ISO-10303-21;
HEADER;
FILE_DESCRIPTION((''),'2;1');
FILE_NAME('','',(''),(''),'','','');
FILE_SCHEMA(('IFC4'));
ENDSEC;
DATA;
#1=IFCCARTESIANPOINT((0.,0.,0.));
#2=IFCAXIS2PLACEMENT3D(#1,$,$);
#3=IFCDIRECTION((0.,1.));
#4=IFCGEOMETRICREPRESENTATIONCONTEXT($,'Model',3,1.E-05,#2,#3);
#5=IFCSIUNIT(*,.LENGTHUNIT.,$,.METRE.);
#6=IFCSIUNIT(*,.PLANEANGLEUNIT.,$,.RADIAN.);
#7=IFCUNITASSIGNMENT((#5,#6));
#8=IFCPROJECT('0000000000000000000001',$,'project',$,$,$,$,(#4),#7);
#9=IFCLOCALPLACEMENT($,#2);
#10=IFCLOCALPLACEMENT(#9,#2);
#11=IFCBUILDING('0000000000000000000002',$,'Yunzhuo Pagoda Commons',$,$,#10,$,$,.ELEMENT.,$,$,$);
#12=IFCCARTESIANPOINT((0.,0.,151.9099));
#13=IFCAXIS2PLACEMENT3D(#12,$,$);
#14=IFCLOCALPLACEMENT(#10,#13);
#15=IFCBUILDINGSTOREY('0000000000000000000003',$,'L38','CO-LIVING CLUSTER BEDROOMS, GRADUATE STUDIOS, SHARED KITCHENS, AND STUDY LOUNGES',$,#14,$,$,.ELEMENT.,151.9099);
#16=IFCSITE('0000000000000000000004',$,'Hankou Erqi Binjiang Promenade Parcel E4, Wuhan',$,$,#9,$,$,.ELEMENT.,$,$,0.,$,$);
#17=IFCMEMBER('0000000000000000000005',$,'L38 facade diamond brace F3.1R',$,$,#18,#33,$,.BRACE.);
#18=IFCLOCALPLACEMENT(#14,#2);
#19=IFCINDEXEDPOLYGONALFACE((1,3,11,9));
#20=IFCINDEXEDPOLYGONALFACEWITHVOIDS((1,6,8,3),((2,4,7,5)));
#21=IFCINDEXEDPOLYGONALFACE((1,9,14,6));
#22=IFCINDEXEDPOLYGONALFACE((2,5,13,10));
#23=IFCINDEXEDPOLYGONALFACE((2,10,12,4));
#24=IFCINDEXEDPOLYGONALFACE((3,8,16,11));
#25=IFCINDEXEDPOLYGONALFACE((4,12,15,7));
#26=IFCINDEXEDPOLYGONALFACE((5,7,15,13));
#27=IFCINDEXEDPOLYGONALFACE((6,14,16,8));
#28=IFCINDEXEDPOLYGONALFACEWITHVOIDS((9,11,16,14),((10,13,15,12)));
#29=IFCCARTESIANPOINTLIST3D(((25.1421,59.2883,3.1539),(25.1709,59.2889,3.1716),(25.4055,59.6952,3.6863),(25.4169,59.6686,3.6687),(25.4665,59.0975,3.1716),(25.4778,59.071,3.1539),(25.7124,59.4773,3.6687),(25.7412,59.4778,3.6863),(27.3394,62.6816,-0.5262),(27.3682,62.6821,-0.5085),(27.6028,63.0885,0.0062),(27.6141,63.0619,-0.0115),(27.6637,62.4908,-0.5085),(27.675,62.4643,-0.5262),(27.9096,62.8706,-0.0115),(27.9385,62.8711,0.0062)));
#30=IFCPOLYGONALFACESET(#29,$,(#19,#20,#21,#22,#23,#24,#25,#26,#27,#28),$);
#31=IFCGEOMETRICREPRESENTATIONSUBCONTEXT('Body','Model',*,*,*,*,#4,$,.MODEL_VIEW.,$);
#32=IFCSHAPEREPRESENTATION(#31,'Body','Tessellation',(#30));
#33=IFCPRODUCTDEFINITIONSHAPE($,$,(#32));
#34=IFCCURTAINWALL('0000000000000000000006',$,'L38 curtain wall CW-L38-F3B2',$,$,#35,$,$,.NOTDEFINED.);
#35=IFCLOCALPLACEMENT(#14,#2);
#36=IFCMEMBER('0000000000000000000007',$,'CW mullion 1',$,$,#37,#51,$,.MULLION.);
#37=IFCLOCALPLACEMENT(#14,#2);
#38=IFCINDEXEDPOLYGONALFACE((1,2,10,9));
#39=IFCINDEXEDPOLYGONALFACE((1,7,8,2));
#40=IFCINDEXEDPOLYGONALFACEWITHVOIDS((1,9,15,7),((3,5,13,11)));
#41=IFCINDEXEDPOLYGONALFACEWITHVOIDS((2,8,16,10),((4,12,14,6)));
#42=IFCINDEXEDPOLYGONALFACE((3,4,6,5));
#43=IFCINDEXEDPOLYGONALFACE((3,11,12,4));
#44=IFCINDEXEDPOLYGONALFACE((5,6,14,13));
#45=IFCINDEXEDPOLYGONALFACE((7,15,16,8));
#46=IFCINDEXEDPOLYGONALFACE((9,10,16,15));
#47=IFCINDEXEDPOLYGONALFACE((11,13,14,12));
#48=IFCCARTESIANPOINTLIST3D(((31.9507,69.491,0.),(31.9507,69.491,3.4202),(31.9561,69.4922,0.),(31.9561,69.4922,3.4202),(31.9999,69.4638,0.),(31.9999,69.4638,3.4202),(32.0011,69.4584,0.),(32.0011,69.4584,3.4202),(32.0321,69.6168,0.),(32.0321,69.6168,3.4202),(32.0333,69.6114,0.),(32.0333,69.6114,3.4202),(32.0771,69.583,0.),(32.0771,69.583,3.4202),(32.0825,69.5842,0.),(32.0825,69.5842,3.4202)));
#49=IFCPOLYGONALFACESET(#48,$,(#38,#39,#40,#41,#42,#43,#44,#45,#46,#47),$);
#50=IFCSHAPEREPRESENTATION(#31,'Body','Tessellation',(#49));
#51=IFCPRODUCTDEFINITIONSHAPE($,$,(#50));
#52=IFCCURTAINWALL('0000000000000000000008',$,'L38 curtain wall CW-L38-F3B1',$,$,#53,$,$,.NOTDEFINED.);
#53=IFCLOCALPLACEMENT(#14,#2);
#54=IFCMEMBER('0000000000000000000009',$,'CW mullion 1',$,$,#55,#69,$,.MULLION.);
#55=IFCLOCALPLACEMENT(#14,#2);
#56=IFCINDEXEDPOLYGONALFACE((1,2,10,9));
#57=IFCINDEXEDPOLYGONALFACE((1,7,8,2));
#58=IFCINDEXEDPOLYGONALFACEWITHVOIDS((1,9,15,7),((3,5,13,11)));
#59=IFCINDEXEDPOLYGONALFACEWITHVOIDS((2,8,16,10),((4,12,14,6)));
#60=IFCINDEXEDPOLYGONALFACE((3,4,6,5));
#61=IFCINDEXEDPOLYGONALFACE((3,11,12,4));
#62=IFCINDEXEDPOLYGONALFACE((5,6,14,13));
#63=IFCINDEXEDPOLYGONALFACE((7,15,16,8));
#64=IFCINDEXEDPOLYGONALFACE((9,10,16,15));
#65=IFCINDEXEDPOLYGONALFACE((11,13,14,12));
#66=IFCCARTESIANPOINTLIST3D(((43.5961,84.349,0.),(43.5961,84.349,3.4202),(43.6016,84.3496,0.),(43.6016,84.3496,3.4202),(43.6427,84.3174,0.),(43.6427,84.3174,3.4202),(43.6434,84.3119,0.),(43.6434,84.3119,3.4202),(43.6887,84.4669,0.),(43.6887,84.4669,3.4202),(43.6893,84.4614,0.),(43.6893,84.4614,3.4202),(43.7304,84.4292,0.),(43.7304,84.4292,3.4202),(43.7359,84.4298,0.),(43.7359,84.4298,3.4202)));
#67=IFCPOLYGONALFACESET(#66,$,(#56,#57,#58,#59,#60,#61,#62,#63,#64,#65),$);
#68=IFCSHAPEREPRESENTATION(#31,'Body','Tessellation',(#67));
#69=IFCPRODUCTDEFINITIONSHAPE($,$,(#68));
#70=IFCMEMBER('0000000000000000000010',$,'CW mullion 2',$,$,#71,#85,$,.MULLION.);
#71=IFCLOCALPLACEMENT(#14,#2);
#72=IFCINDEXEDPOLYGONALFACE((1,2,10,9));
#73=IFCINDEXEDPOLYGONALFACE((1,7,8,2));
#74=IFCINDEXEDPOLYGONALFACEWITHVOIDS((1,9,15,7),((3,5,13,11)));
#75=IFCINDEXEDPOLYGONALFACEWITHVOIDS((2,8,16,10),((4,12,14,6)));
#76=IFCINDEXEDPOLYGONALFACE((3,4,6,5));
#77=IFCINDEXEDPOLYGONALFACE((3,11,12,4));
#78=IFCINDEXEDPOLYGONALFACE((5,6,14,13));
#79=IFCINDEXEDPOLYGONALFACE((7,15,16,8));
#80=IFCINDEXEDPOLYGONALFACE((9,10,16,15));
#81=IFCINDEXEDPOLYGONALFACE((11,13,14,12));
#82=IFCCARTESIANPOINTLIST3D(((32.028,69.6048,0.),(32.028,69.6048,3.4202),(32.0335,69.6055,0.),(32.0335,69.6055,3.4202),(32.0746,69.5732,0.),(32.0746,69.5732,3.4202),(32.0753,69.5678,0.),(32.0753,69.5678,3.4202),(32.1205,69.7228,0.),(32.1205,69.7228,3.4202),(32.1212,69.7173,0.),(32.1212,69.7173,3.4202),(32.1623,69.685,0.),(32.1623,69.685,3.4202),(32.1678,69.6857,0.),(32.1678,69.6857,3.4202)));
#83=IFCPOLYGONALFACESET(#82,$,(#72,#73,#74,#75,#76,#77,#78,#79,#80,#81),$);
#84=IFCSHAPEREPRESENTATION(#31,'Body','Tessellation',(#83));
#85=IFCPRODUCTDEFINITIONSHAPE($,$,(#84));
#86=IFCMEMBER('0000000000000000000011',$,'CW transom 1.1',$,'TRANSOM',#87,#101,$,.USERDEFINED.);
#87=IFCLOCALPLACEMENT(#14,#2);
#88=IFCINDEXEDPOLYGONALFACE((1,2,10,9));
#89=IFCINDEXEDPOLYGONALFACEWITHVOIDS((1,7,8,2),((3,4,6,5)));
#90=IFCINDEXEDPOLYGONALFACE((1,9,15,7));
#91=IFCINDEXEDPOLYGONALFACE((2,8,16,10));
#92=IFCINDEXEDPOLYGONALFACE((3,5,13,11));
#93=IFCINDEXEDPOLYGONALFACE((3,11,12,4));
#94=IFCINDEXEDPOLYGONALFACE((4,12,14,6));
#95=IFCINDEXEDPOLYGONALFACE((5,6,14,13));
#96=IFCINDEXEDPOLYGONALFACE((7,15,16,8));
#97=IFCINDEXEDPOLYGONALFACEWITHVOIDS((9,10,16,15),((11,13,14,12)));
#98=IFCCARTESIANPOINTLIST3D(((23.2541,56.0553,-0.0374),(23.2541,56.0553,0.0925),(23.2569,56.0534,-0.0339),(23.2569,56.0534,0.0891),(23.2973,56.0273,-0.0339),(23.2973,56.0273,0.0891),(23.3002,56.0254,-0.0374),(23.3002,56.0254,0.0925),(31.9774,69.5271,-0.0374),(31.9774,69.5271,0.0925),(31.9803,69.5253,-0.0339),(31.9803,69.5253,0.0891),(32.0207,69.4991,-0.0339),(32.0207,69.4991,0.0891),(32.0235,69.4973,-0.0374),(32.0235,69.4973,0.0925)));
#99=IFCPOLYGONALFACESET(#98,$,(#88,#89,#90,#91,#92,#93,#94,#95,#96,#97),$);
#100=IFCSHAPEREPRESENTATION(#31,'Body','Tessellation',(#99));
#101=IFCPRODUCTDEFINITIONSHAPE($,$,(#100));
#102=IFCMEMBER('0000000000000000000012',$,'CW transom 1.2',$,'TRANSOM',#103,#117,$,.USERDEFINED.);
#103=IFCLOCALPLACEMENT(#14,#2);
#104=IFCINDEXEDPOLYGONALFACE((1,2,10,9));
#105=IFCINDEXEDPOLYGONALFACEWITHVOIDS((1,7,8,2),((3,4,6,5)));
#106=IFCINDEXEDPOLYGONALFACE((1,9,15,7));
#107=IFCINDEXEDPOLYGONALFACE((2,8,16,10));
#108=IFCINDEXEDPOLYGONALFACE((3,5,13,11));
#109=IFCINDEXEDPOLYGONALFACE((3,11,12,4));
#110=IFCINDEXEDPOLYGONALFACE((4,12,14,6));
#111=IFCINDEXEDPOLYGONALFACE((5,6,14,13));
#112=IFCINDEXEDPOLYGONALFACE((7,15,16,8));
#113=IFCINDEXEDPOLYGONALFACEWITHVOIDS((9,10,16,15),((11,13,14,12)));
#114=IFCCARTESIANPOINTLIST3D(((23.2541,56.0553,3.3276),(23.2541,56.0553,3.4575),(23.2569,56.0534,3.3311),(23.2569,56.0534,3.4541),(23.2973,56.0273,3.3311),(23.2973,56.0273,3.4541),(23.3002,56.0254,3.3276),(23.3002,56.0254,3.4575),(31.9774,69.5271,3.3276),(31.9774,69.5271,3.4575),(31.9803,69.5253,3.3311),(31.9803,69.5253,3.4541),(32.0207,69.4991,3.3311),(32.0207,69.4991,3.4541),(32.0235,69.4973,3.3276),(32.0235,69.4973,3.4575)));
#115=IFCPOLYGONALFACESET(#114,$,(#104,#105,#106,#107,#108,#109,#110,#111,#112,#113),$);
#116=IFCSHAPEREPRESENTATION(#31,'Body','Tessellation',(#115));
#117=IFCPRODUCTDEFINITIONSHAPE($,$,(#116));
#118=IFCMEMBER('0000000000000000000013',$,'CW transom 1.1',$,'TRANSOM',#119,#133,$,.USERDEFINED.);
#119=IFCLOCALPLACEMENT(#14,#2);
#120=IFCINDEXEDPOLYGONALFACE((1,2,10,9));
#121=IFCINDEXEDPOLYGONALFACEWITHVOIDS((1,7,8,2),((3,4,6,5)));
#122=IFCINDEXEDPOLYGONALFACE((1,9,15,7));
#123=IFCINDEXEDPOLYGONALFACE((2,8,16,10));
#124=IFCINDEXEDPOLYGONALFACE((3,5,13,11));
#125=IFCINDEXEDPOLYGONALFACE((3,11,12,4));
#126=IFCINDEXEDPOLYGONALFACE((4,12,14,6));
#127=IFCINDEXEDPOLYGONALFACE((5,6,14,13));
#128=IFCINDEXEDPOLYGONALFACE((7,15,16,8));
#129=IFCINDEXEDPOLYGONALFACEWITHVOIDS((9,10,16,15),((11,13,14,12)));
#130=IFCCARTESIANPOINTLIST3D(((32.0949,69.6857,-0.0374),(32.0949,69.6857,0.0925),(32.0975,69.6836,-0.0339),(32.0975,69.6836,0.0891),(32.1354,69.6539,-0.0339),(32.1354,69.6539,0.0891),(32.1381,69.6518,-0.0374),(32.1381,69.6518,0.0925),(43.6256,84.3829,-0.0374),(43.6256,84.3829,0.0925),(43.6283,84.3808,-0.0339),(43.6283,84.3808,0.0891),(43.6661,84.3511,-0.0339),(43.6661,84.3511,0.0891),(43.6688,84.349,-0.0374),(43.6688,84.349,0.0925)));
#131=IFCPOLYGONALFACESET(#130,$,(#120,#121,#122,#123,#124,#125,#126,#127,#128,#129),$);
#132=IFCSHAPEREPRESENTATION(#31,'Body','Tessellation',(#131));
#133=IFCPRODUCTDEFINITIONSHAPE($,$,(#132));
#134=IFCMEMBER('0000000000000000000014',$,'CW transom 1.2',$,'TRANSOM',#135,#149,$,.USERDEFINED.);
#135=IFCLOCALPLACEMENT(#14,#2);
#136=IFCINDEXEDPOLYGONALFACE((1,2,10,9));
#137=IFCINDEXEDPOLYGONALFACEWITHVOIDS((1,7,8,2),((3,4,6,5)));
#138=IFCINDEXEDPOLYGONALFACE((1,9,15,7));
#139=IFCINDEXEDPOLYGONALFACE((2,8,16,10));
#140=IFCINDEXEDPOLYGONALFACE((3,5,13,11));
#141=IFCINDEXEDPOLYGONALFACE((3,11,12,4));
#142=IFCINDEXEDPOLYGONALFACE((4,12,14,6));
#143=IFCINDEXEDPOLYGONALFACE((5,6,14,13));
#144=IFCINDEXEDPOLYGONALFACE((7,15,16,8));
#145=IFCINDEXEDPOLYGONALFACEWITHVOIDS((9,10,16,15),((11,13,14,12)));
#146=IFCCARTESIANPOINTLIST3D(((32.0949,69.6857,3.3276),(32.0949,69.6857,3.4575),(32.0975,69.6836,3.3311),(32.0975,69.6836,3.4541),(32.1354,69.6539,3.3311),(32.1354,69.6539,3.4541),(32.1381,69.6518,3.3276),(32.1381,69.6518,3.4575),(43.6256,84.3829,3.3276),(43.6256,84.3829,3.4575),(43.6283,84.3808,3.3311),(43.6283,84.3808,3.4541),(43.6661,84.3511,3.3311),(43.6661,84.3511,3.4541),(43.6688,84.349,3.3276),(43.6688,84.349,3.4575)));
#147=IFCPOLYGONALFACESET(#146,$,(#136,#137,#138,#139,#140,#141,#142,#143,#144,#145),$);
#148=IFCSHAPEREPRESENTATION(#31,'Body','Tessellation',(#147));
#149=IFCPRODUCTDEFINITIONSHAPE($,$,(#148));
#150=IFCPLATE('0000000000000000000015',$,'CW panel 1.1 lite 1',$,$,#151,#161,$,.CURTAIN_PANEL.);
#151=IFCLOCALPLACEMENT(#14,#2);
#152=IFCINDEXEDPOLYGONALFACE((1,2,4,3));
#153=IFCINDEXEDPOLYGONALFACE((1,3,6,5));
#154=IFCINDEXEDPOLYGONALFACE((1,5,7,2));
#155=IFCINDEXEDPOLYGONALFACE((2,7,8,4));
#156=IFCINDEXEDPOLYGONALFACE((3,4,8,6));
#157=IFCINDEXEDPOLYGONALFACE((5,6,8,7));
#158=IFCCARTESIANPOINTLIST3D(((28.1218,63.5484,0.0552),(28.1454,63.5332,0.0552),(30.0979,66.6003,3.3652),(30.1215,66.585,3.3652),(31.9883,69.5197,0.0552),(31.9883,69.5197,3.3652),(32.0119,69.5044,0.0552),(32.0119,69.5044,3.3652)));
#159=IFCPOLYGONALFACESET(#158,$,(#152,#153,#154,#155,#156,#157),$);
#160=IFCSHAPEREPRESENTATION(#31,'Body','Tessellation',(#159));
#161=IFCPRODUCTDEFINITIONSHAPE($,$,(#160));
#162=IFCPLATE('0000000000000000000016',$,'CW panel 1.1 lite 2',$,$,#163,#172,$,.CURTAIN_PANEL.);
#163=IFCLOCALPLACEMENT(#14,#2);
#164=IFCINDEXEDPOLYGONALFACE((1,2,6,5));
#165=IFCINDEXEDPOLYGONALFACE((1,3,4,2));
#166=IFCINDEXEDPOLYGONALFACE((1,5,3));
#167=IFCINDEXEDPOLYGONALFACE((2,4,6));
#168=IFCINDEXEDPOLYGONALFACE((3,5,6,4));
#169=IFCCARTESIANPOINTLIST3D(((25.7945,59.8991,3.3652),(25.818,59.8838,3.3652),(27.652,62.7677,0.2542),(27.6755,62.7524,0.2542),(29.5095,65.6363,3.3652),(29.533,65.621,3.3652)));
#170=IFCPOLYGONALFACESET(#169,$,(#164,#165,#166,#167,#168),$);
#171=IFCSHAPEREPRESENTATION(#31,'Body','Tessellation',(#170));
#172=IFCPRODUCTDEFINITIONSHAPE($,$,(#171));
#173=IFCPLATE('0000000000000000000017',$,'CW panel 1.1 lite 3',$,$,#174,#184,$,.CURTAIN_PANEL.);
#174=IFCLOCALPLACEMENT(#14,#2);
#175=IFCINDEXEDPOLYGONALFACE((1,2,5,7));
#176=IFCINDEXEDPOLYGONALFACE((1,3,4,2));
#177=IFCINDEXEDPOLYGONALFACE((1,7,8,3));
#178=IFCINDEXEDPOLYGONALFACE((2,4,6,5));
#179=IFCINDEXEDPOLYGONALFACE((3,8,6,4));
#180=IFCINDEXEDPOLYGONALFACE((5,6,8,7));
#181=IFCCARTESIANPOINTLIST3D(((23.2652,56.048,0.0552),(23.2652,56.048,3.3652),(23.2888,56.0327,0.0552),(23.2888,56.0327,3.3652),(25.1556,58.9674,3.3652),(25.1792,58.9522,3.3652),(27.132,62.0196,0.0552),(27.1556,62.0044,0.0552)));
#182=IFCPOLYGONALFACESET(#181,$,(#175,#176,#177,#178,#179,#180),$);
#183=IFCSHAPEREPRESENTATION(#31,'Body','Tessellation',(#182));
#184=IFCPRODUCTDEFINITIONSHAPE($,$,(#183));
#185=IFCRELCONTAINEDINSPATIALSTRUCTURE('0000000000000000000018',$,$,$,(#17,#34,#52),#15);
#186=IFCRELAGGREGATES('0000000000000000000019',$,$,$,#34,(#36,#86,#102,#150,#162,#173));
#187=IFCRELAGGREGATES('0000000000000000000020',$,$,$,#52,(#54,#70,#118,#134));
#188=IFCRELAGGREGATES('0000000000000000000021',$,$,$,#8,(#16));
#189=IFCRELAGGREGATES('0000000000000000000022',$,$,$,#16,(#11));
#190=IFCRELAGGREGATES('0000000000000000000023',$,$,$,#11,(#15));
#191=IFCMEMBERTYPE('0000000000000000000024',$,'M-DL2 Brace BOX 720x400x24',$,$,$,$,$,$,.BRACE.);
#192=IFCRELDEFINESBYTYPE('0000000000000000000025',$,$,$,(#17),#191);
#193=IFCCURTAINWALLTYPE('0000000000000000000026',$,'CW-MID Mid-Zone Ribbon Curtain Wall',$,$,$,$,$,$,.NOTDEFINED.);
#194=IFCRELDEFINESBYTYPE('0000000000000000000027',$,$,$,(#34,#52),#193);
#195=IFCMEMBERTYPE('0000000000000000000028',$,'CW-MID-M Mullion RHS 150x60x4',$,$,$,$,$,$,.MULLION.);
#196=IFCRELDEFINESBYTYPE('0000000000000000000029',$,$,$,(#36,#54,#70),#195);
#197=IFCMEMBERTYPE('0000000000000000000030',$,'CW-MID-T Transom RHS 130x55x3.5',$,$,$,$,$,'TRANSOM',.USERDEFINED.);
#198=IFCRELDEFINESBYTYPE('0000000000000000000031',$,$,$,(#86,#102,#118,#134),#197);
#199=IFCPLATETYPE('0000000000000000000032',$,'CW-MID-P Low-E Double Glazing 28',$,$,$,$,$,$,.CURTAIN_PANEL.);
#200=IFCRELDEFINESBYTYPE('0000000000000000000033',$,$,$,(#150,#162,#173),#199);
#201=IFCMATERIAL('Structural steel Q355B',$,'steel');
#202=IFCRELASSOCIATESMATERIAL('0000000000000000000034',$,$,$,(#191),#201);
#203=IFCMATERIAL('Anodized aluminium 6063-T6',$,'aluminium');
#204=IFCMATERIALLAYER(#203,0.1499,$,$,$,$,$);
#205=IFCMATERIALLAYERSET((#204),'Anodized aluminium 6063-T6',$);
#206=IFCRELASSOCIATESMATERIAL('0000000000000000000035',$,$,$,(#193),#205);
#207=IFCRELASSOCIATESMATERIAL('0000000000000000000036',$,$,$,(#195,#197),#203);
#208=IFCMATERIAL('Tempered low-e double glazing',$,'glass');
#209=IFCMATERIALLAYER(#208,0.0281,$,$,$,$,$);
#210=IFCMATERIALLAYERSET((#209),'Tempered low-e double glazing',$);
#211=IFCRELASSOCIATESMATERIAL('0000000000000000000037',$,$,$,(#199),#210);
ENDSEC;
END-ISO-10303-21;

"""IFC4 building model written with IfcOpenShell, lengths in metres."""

from ifc_helpers import new_model, si_unit, direction, frame, origin, origin_2d, place, context, subcontext, project, spatial, polyline, hollow_rectangle, outline, extrude, source, transform, mapped, material, layer, layer_set, material_profile, profile_set, type_object, element, aggregate, save


model = new_model("IFC4")

# Units and contexts
model_context = context("Model", 3, precision=1e-05, world=origin(), true_north=direction((0.0, 1.0)))
body_context = subcontext(model_context, "Body", "Model", "MODEL_VIEW")
ifc_project = project(units=[si_unit("LENGTHUNIT", "METRE"), si_unit("PLANEANGLEUNIT", "RADIAN")], contexts=[model_context])

# Site, building, storey
site_placement = place(None, origin())
site = spatial("IfcSite", under=ifc_project, at=site_placement, Name="Hankou Erqi Binjiang Promenade Parcel E4, Wuhan", CompositionType="ELEMENT", RefElevation=0.0)
building_placement = place(site_placement, origin())
building = spatial("IfcBuilding", under=site, at=building_placement, Name="Yunzhuo Pagoda Commons", CompositionType="ELEMENT")
storey_placement = place(building_placement, frame((0.0, 0.0, 151.9099)))
storey = spatial("IfcBuildingStorey", under=building, at=storey_placement, Name="L38", Description="CO-LIVING CLUSTER BEDROOMS, GRADUATE STUDIOS, SHARED KITCHENS, AND STUDY LOUNGES", CompositionType="ELEMENT", Elevation=151.9099)

# Shared definitions
ifc_material_1 = material(Name="Structural steel Q355B", Category="steel")

# Member
ifc_material_profile_1 = material_profile(ifc_material_1, hollow_rectangle(XDim=0.3999, YDim=0.72, WallThickness=0.0239, at=origin_2d()), Name="Structural steel Q355B")
ifc_profile_set_1 = profile_set([ifc_material_profile_1], Name="Structural steel Q355B")
member_type_1 = type_object("IfcMemberType", Name="M-DL2 Brace BOX 720x400x24", PredefinedType="BRACE", material=ifc_profile_set_1)
shared_shape_1 = source(origin(), body_context, "Body", "SweptSolid", [
    extrude(hollow_rectangle(XDim=0.3999, YDim=0.72, WallThickness=0.0239, at=origin_2d()), origin(), (0.0, 0.0, 1.0), 5.4668),
])
for number, where, z_axis, x_axis, name in (
    (1, (27.6389, 62.7764, -0.26), (-0.401927, -0.620709, 0.673183), (0.83939, -0.543529, 0.0), "L38 facade diamond brace F3.1R"),
):
    element("IfcMember", number, at=place(storey_placement, frame(where, z_axis=z_axis, x_axis=x_axis)), inside=storey, type_object=member_type_1, Name=name, PredefinedType="BRACE", context=body_context, shape_type="MappedRepresentation", body=[
        mapped(shared_shape_1, transform((0.0, 0.0, 0.0), scale=1.0)),
    ])

# Curtain wall, member
ifc_material_2 = material(Name="Anodized aluminium 6063-T6", Category="aluminium")
ifc_layer_1 = layer(ifc_material_2, 0.1499)
ifc_layer_set_1 = layer_set([ifc_layer_1], Name="Anodized aluminium 6063-T6")
curtain_wall_type = type_object("IfcCurtainWallType", Name="CW-MID Mid-Zone Ribbon Curtain Wall", PredefinedType="NOTDEFINED", material=ifc_layer_set_1)
curtain_wall_1_placement = place(storey_placement, origin())
curtain_wall_1 = element("IfcCurtainWall", 2, at=curtain_wall_1_placement, inside=storey, type_object=curtain_wall_type, Name="L38 curtain wall CW-L38-F3B2", PredefinedType="NOTDEFINED")
ifc_material_profile_2 = material_profile(ifc_material_2, hollow_rectangle(XDim=0.0601, YDim=0.1499, WallThickness=0.0039, at=origin_2d()), Name="Anodized aluminium 6063-T6")
ifc_profile_set_2 = profile_set([ifc_material_profile_2], Name="Anodized aluminium 6063-T6")
member_type_2 = type_object("IfcMemberType", Name="CW-MID-M Mullion RHS 150x60x4", PredefinedType="MULLION", material=ifc_profile_set_2)
shared_shape_2 = source(origin(), body_context, "Body", "SweptSolid", [
    extrude(hollow_rectangle(XDim=0.0601, YDim=0.1499, WallThickness=0.0039, at=origin_2d()), origin(), (0.0, 0.0, 1.0), 3.4202),
])
member_1_placement = place(storey_placement, frame((32.0166, 69.5376, 0.0), z_axis=(0.0, 0.0, 1.0), x_axis=(0.839393, -0.543526, 0.0)))
member_1 = element("IfcMember", 3, at=member_1_placement, type_object=member_type_2, Name="CW mullion 1", PredefinedType="MULLION", context=body_context, shape_type="MappedRepresentation", body=[
    mapped(shared_shape_2, transform((0.0, 0.0, 0.0), scale=1.0)),
])

# Curtain wall, members
curtain_wall_2_placement = place(storey_placement, origin())
curtain_wall_2 = element("IfcCurtainWall", 4, at=curtain_wall_2_placement, inside=storey, type_object=curtain_wall_type, Name="L38 curtain wall CW-L38-F3B1", PredefinedType="NOTDEFINED")
member_2_placement = place(storey_placement, frame((43.666, 84.3894, 0.0), z_axis=(0.0, 0.0, 1.0), x_axis=(0.786759, -0.61726, 0.0)))
member_2 = element("IfcMember", 5, at=member_2_placement, type_object=member_type_2, Name="CW mullion 1", PredefinedType="MULLION", context=body_context, shape_type="MappedRepresentation", body=[
    mapped(shared_shape_2, transform((0.0, 0.0, 0.0), scale=1.0)),
])
member_3_placement = place(storey_placement, frame((32.0979, 69.6453, 0.0), z_axis=(0.0, 0.0, 1.0), x_axis=(0.786759, -0.61726, 0.0)))
member_3 = element("IfcMember", 6, at=member_3_placement, type_object=member_type_2, Name="CW mullion 2", PredefinedType="MULLION", context=body_context, shape_type="MappedRepresentation", body=[
    mapped(shared_shape_2, transform((0.0, 0.0, 0.0), scale=1.0)),
])

# Members
ifc_material_profile_3 = material_profile(ifc_material_2, hollow_rectangle(XDim=0.0549, YDim=0.1299, WallThickness=0.0034, at=origin_2d()), Name="Anodized aluminium 6063-T6")
ifc_profile_set_3 = profile_set([ifc_material_profile_3], Name="Anodized aluminium 6063-T6")
member_type_3 = type_object("IfcMemberType", Name="CW-MID-T Transom RHS 130x55x3.5", ElementType="TRANSOM", PredefinedType="USERDEFINED", material=ifc_profile_set_3)
shared_shape_3 = source(origin(), body_context, "Body", "SweptSolid", [
    extrude(hollow_rectangle(XDim=0.0549, YDim=0.1299, WallThickness=0.0034, at=origin_2d()), origin(), (0.0, 0.0, 1.0), 16.0496),
])
member_4_placement = place(storey_placement, frame((32.0005, 69.5122, 0.0276), z_axis=(-0.543526, -0.839392, 0.0), x_axis=(0.839392, -0.543526, 0.0)))
member_4 = element("IfcMember", 7, at=member_4_placement, type_object=member_type_3, Name="CW transom 1.1", ObjectType="TRANSOM", PredefinedType="USERDEFINED", context=body_context, shape_type="MappedRepresentation", body=[
    mapped(shared_shape_3, transform((0.0, 0.0, 0.0), scale=1.0)),
])
member_5_placement = place(storey_placement, frame((32.0005, 69.5122, 3.3926), z_axis=(-0.543526, -0.839392, 0.0), x_axis=(0.839392, -0.543526, 0.0)))
member_5 = element("IfcMember", 8, at=member_5_placement, type_object=member_type_3, Name="CW transom 1.2", ObjectType="TRANSOM", PredefinedType="USERDEFINED", context=body_context, shape_type="MappedRepresentation", body=[
    mapped(shared_shape_3, transform((0.0, 0.0, 0.0), scale=1.0)),
])
shared_shape_4 = source(origin(), body_context, "Body", "SweptSolid", [
    extrude(hollow_rectangle(XDim=0.0549, YDim=0.1299, WallThickness=0.0034, at=origin_2d()), origin(), (0.0, 0.0, 1.0), 18.6807),
])
member_6_placement = place(storey_placement, frame((43.6472, 84.366, 0.0276), z_axis=(-0.617256, -0.786763, 0.0), x_axis=(0.786763, -0.617256, 0.0)))
member_6 = element("IfcMember", 9, at=member_6_placement, type_object=member_type_3, Name="CW transom 1.1", ObjectType="TRANSOM", PredefinedType="USERDEFINED", context=body_context, shape_type="MappedRepresentation", body=[
    mapped(shared_shape_4, transform((0.0, 0.0, 0.0), scale=1.0)),
])
member_7_placement = place(storey_placement, frame((43.6472, 84.366, 3.3926), z_axis=(-0.617256, -0.786763, 0.0), x_axis=(0.786763, -0.617256, 0.0)))
member_7 = element("IfcMember", 10, at=member_7_placement, type_object=member_type_3, Name="CW transom 1.2", ObjectType="TRANSOM", PredefinedType="USERDEFINED", context=body_context, shape_type="MappedRepresentation", body=[
    mapped(shared_shape_4, transform((0.0, 0.0, 0.0), scale=1.0)),
])

# Plates
ifc_material_3 = material(Name="Tempered low-e double glazing", Category="glass")
ifc_layer_2 = layer(ifc_material_3, 0.0281)
ifc_layer_set_2 = layer_set([ifc_layer_2], Name="Tempered low-e double glazing")
plate_type_1 = type_object("IfcPlateType", Name="CW-MID-P Low-E Double Glazing 28", PredefinedType="CURTAIN_PANEL", material=ifc_layer_set_2)
plate_1_placement = place(storey_placement, frame((30.0786, 66.5188, 1.7102), z_axis=(-0.839393, 0.543526, 0.0), x_axis=(-0.543526, -0.839393, 0.0)))
plate_1 = element("IfcPlate", 11, at=plate_1_placement, type_object=plate_type_1, Name="CW panel 1.1 lite 1", PredefinedType="CURTAIN_PANEL", context=body_context, shape_type="SweptSolid", body=[
    extrude(outline(polyline([(-3.5569, -1.655), (3.5569, -1.655), (-0.0789, 1.655), (-3.5569, 1.655), (-3.5569, -1.655)])), origin(), (0.0, 0.0, 1.0), 0.0281),
])
plate_2_placement = place(storey_placement, frame((27.6755, 62.7524, 1.8096), z_axis=(-0.839393, 0.543526, 0.0), x_axis=(-0.543526, -0.839393, 0.0)))
plate_2 = element("IfcPlate", 12, at=plate_2_placement, type_object=plate_type_1, Name="CW panel 1.1 lite 2", PredefinedType="CURTAIN_PANEL", context=body_context, shape_type="SweptSolid", body=[
    extrude(outline(polyline([(-3.4175, 1.5557), (0.0, -1.5554), (3.4175, 1.5557), (-3.4175, 1.5557)])), origin(), (0.0, 0.0, 1.0), 0.0281),
])
plate_3_placement = place(storey_placement, frame((25.2222, 59.0186, 1.7102), z_axis=(-0.839393, 0.543526, 0.0), x_axis=(-0.543526, -0.839393, 0.0)))
plate_3 = element("IfcPlate", 13, at=plate_3_placement, type_object=plate_type_1, Name="CW panel 1.1 lite 3", PredefinedType="CURTAIN_PANEL", context=body_context, shape_type="SweptSolid", body=[
    extrude(outline(polyline([(-3.5571, -1.655), (3.5571, -1.655), (3.5571, 1.655), (0.0791, 1.655), (-3.5571, -1.655)])), origin(), (0.0, 0.0, 1.0), 0.0281),
])
aggregate(curtain_wall_1, [member_1, member_4, member_5, plate_1, plate_2, plate_3])

aggregate(curtain_wall_2, [member_2, member_3, member_6, member_7])

save(model, "model.ifc")
